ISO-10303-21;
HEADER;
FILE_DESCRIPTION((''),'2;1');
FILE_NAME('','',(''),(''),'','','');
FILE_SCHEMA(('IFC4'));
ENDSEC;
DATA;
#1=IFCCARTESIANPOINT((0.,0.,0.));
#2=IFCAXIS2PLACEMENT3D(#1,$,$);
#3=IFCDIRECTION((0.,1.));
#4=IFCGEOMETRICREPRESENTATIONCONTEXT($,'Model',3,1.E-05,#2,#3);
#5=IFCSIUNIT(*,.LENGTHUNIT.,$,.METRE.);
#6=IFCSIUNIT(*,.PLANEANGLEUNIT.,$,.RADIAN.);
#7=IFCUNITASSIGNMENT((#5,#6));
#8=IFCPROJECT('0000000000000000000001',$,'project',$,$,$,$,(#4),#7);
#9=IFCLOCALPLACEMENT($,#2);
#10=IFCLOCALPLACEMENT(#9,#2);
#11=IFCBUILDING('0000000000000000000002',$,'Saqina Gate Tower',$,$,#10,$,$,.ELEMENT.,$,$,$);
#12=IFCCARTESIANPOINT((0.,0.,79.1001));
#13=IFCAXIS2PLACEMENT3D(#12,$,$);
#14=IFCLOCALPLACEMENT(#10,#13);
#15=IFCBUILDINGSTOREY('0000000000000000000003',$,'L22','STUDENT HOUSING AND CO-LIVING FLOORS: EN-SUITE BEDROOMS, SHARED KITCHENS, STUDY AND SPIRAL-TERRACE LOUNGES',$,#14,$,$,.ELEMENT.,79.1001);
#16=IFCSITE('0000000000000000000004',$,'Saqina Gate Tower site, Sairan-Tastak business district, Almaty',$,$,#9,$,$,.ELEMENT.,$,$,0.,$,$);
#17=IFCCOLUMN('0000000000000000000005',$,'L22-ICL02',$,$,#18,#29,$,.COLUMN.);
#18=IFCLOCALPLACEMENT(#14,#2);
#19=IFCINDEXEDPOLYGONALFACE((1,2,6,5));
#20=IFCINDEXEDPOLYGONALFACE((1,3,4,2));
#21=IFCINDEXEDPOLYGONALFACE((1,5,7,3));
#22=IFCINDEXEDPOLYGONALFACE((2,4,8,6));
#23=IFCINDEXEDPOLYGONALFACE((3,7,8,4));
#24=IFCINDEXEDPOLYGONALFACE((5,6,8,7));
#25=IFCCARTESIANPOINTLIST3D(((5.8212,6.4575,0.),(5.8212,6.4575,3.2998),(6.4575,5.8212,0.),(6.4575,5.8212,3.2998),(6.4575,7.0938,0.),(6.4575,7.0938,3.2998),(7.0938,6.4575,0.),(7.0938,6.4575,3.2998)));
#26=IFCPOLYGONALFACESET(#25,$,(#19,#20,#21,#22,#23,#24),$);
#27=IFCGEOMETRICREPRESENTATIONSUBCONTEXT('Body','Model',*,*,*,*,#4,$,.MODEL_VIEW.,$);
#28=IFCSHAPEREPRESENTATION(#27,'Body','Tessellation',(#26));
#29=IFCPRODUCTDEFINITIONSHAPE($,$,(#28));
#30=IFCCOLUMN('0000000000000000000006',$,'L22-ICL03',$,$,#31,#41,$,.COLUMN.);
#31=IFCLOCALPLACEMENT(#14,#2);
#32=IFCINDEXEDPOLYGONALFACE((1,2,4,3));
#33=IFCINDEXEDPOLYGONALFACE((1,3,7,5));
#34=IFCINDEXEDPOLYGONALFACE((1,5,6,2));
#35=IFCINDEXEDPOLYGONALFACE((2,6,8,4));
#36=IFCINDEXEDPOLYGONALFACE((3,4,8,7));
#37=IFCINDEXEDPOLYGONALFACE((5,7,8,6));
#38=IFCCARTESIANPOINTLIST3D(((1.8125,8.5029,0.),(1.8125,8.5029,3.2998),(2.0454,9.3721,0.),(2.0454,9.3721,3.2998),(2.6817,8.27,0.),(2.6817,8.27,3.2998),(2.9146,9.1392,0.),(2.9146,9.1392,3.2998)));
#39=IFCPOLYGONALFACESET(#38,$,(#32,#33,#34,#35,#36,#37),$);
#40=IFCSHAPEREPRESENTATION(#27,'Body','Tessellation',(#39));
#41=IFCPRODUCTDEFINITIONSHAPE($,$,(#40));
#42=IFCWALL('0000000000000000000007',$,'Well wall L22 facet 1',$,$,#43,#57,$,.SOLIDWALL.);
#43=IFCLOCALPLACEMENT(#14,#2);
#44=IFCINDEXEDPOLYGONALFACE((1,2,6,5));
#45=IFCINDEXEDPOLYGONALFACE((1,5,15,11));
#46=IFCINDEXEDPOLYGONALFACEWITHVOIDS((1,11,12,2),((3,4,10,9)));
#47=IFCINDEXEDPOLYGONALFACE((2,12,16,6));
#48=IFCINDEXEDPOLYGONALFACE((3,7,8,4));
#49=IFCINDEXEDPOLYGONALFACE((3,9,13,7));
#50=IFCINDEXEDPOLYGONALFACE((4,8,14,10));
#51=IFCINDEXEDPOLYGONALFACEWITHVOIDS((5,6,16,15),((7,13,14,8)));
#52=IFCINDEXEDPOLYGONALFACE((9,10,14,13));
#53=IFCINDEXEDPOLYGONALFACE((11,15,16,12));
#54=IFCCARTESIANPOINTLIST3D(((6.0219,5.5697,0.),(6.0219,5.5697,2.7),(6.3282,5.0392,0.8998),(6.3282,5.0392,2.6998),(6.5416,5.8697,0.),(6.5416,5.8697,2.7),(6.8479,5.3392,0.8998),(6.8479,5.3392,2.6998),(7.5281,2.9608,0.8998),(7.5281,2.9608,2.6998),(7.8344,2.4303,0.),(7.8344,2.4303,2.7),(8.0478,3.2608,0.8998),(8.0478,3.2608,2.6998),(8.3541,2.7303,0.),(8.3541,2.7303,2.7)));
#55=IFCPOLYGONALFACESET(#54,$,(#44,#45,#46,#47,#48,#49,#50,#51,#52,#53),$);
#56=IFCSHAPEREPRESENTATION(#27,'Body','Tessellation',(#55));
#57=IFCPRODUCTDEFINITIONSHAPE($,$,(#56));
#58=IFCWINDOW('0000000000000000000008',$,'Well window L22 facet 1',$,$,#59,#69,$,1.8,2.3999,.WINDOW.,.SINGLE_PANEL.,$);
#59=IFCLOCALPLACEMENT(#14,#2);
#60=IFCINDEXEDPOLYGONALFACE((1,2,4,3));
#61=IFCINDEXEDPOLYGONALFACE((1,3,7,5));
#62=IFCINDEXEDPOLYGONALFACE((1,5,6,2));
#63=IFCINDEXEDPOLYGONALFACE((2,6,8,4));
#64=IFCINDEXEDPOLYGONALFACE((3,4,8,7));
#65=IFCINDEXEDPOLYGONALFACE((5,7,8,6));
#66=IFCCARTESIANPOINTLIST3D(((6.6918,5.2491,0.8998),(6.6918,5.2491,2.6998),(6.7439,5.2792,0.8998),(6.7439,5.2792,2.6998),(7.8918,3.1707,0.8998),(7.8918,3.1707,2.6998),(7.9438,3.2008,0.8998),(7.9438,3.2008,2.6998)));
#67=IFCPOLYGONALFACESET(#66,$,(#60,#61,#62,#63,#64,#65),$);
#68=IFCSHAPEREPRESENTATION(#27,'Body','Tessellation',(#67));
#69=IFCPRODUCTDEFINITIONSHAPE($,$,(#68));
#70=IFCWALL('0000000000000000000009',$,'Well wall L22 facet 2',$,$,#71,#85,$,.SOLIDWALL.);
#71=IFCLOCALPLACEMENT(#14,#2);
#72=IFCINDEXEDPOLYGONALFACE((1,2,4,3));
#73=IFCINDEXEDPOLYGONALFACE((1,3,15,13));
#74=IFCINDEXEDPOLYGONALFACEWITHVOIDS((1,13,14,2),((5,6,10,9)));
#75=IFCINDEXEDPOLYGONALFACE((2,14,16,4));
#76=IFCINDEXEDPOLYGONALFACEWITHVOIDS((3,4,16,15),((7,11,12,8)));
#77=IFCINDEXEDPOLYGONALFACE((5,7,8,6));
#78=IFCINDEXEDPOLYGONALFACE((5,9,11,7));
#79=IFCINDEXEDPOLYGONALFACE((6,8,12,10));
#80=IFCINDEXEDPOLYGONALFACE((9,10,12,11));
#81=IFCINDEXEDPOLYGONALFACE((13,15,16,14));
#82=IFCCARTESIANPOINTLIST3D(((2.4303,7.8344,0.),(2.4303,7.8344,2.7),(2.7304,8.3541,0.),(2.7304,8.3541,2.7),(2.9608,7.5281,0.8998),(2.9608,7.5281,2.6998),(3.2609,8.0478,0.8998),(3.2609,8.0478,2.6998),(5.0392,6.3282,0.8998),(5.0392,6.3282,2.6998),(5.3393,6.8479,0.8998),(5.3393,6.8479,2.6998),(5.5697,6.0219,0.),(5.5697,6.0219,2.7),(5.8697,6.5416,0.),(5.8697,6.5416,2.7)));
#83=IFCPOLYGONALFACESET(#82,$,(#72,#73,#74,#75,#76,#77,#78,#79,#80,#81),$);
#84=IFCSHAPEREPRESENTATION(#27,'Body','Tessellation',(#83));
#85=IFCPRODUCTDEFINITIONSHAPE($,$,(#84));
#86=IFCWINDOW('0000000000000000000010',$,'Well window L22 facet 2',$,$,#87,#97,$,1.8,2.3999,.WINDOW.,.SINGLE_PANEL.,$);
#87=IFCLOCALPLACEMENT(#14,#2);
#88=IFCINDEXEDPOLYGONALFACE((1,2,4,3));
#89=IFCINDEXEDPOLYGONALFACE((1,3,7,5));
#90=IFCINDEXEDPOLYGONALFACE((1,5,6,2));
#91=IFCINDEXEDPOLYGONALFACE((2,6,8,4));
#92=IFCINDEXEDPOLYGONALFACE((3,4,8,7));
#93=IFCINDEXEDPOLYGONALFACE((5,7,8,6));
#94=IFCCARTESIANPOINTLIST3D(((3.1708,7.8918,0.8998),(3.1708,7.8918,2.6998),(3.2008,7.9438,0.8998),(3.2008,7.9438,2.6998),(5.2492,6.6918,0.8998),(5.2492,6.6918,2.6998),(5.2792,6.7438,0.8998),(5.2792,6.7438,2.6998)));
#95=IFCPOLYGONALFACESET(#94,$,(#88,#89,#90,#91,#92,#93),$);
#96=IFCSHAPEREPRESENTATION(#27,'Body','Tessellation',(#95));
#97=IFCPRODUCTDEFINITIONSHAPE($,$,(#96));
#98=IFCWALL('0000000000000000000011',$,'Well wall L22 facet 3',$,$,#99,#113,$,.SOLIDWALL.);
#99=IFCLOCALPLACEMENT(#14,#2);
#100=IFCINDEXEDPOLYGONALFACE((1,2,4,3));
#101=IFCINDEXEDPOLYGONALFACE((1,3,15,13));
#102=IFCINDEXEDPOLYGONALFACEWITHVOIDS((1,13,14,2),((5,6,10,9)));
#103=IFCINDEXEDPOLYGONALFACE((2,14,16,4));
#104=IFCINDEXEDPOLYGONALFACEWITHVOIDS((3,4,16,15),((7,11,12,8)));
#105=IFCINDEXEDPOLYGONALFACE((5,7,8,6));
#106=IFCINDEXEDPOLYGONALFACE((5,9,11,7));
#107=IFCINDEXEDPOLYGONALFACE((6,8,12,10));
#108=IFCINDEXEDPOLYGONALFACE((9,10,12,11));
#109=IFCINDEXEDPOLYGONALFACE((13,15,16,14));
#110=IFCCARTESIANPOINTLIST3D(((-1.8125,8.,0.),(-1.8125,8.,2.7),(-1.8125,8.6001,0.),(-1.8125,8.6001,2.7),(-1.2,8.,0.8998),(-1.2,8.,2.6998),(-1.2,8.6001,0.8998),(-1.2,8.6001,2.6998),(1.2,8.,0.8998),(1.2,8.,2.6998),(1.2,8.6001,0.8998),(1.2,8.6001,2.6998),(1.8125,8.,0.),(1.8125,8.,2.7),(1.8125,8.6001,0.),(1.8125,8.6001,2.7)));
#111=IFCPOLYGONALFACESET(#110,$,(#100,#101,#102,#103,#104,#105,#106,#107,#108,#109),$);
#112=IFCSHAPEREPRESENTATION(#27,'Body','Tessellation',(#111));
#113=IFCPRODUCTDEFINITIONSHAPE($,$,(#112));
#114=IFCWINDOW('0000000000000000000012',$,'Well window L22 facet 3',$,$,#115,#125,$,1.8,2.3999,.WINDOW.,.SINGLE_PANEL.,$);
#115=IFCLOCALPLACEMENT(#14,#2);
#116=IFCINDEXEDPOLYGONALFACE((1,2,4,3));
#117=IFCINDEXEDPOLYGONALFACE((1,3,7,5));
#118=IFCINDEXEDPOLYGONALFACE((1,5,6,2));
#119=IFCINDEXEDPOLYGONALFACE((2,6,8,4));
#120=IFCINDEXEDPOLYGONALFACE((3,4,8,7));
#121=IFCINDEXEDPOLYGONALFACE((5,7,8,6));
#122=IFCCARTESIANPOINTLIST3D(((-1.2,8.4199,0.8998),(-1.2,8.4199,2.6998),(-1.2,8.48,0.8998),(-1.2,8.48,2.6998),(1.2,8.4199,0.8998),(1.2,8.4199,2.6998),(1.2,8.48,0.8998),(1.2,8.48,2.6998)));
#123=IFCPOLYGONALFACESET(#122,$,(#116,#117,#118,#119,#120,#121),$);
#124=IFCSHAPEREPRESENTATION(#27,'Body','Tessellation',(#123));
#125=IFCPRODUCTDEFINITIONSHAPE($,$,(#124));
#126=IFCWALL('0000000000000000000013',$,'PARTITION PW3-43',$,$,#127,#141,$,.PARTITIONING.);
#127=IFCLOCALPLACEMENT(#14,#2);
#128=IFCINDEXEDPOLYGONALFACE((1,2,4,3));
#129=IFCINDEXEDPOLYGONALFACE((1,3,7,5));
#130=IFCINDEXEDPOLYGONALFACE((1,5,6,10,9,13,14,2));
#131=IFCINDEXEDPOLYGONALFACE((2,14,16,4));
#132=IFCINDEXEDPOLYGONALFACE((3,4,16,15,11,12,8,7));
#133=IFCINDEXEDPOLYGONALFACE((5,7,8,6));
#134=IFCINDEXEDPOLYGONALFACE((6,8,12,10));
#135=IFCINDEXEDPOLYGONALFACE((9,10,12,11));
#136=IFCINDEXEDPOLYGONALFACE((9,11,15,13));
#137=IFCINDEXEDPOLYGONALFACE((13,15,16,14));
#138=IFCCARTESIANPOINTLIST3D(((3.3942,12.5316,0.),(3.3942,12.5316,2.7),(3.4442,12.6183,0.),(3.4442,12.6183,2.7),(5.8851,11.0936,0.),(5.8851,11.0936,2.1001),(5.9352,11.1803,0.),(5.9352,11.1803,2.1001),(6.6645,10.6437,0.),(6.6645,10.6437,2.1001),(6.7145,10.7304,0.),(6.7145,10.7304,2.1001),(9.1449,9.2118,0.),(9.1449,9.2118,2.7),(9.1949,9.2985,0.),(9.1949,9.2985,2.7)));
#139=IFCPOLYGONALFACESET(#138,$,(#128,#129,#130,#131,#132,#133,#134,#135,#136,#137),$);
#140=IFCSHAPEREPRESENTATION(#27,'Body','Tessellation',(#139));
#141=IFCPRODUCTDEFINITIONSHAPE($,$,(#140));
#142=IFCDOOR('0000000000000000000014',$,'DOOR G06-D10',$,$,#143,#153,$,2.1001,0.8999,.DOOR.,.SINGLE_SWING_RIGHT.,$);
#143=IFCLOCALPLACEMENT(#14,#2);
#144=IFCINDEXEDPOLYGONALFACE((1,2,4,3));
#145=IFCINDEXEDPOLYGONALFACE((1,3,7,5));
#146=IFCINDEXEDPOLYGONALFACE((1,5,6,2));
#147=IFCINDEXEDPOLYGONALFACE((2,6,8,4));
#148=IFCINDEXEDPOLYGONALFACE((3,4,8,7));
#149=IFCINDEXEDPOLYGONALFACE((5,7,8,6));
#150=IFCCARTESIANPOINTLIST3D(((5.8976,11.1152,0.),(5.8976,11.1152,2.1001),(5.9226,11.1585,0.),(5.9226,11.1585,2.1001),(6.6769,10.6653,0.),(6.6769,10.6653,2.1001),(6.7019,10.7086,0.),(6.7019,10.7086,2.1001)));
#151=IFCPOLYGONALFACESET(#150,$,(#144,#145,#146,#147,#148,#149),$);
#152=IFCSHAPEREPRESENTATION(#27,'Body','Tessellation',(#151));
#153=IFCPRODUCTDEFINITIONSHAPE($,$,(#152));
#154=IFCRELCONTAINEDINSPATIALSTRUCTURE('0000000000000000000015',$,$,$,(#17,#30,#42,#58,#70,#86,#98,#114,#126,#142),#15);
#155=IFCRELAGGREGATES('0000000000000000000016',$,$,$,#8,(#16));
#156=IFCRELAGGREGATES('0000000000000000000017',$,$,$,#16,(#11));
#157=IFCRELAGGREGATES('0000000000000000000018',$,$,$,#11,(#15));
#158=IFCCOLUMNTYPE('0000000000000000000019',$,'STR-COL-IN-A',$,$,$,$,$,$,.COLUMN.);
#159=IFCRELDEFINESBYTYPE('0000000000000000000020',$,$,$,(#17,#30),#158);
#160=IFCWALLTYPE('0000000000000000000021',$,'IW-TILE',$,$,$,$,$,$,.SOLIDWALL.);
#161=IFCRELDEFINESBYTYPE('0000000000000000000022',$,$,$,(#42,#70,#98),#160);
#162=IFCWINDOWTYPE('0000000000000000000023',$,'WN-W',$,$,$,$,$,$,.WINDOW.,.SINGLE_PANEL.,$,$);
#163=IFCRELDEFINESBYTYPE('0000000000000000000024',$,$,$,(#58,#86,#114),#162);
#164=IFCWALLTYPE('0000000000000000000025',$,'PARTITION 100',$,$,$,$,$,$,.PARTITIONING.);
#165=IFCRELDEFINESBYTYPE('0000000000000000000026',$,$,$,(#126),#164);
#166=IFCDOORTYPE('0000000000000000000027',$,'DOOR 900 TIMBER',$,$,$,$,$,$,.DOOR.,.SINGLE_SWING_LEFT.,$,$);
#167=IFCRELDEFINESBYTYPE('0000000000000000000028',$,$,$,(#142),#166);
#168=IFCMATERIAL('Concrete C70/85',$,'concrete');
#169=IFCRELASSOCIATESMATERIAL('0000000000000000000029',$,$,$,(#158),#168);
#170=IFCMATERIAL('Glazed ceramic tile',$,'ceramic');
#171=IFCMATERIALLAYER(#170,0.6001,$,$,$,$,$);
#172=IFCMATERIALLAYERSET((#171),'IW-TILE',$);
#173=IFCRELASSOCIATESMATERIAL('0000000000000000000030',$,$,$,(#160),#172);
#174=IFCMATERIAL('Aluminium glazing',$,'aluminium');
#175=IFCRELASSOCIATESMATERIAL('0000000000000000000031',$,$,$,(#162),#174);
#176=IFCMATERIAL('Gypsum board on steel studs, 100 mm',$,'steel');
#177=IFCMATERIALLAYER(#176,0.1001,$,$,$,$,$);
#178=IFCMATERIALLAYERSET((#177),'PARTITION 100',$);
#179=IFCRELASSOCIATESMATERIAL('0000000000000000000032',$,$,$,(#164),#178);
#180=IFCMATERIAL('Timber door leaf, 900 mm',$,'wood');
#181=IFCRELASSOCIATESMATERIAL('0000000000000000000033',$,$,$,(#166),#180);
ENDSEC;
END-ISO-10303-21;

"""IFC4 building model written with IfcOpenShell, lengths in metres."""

from ifc_helpers import new_model, si_unit, direction, frame, frame_2d, origin, origin_2d, place, context, subcontext, project, spatial, rectangle, extrude, material, layer, layer_set, material_profile, profile_set, type_object, element, fill, save


model = new_model("IFC4")

# Units and contexts
model_context = context("Model", 3, precision=1e-05, world=origin(), true_north=direction((0.0, 1.0)))
body_context = subcontext(model_context, "Body", "Model", "MODEL_VIEW")
ifc_project = project(units=[si_unit("LENGTHUNIT", "METRE"), si_unit("PLANEANGLEUNIT", "RADIAN")], contexts=[model_context])

# Site, building, storey
site_placement = place(None, origin())
site = spatial("IfcSite", under=ifc_project, at=site_placement, Name="Saqina Gate Tower site, Sairan-Tastak business district, Almaty", CompositionType="ELEMENT", RefElevation=0.0)
building_placement = place(site_placement, origin())
building = spatial("IfcBuilding", under=site, at=building_placement, Name="Saqina Gate Tower", CompositionType="ELEMENT")
storey_placement = place(building_placement, frame((0.0, 0.0, 79.1001)))
storey = spatial("IfcBuildingStorey", under=building, at=storey_placement, Name="L22", Description="STUDENT HOUSING AND CO-LIVING FLOORS: EN-SUITE BEDROOMS, SHARED KITCHENS, STUDY AND SPIRAL-TERRACE LOUNGES", CompositionType="ELEMENT", Elevation=79.1001)

# Columns
ifc_material_1 = material(Name="Concrete C70/85", Category="concrete")
ifc_material_profile = material_profile(ifc_material_1, rectangle(XDim=0.8999, YDim=0.8999, at=origin_2d()), Name="RC 900x900")
ifc_profile_set = profile_set([ifc_material_profile], Name="Concrete C70/85")
column_type = type_object("IfcColumnType", Name="STR-COL-IN-A", PredefinedType="COLUMN", material=ifc_profile_set)
for number, where, z_axis, x_axis, name in (
    (1, (6.4575, 6.4575, 0.0), (0.0, 0.0, 1.0), (0.707107, 0.707107, 0.0), "L22-ICL02"),
    (2, (2.3635, 8.821, 0.0), (0.0, 0.0, 1.0), (0.258819, 0.965926, 0.0), "L22-ICL03"),
):
    element("IfcColumn", number, at=place(storey_placement, frame(where, z_axis=z_axis, x_axis=x_axis)), inside=storey, type_object=column_type, Name=name, PredefinedType="COLUMN", context=body_context, shape_type="SweptSolid", body=[
        extrude(rectangle(XDim=0.8999, YDim=0.8999, at=origin_2d()), origin(), (0.0, 0.0, 1.0), 3.2998),
    ])

# Walls, openings, windows
ifc_material_2 = material(Name="Glazed ceramic tile", Category="ceramic")
ifc_layer_1 = layer(ifc_material_2, 0.6001)
ifc_layer_set_1 = layer_set([ifc_layer_1], Name="IW-TILE")
wall_type_1 = type_object("IfcWallType", Name="IW-TILE", PredefinedType="SOLIDWALL", material=ifc_layer_set_1)
wall_1_placement = place(storey_placement, frame((8.0942, 2.5803, 0.0), z_axis=(0.0, 0.0, 1.0), x_axis=(-0.499993, 0.86603, 0.0)))
wall_1 = element("IfcWall", 3, at=wall_1_placement, inside=storey, type_object=wall_type_1, Name="Well wall L22 facet 1", PredefinedType="SOLIDWALL", context=body_context, shape_type="SweptSolid", body=[
    extrude(rectangle(XDim=3.625, YDim=0.6001, at=frame_2d((1.8125, 0.0))), origin(), (0.0, 0.0, 1.0), 2.7),
])
opening_1_placement = place(wall_1_placement, frame((0.6125, 0.0, 0.8999)))
opening_1 = element("IfcOpeningElement", 4, at=opening_1_placement, cuts=wall_1, PredefinedType="OPENING", context=body_context, shape_type="SweptSolid", body=[
    extrude(rectangle(XDim=2.3999, YDim=1.8, at=frame_2d((1.2, 0.8999))), frame((0.0, 0.312, 0.0), z_axis=(0.0, -1.0, 0.0), x_axis=(1.0, 0.0, 0.0)), (0.0, 0.0, 1.0), 0.624),
])
ifc_material_3 = material(Name="Aluminium glazing", Category="aluminium")
window_type = type_object("IfcWindowType", Name="WN-W", PartitioningType="SINGLE_PANEL", PredefinedType="WINDOW", material=ifc_material_3)
window_1_placement = place(opening_1_placement, origin())
window_1 = element("IfcWindow", 5, at=window_1_placement, inside=storey, type_object=window_type, Name="Well window L22 facet 1", OverallHeight=1.8, OverallWidth=2.3999, PartitioningType="SINGLE_PANEL", PredefinedType="WINDOW", context=body_context, shape_type="SweptSolid", body=[
    extrude(rectangle(XDim=2.3999, YDim=1.8, at=frame_2d((1.2, 0.8999))), frame((0.0, -0.1199, 0.0), z_axis=(0.0, -1.0, 0.0), x_axis=(1.0, 0.0, 0.0)), (0.0, 0.0, 1.0), 0.0601),
])
fill(opening_1, window_1)
wall_2_placement = place(storey_placement, frame((5.7197, 6.2817, 0.0), z_axis=(0.0, 0.0, 1.0), x_axis=(-0.86603, 0.499993, 0.0)))
wall_2 = element("IfcWall", 6, at=wall_2_placement, inside=storey, type_object=wall_type_1, Name="Well wall L22 facet 2", PredefinedType="SOLIDWALL", context=body_context, shape_type="SweptSolid", body=[
    extrude(rectangle(XDim=3.625, YDim=0.6001, at=frame_2d((1.8125, 0.0))), origin(), (0.0, 0.0, 1.0), 2.7),
])
opening_2_placement = place(wall_2_placement, frame((0.6125, 0.0, 0.8999)))
opening_2 = element("IfcOpeningElement", 7, at=opening_2_placement, cuts=wall_2, PredefinedType="OPENING", context=body_context, shape_type="SweptSolid", body=[
    extrude(rectangle(XDim=2.3999, YDim=1.8, at=frame_2d((1.2, 0.8999))), frame((0.0, 0.312, 0.0), z_axis=(0.0, -1.0, 0.0), x_axis=(1.0, 0.0, 0.0)), (0.0, 0.0, 1.0), 0.624),
])
window_2_placement = place(opening_2_placement, origin())
window_2 = element("IfcWindow", 8, at=window_2_placement, inside=storey, type_object=window_type, Name="Well window L22 facet 2", OverallHeight=1.8, OverallWidth=2.3999, PartitioningType="SINGLE_PANEL", PredefinedType="WINDOW", context=body_context, shape_type="SweptSolid", body=[
    extrude(rectangle(XDim=2.3999, YDim=1.8, at=frame_2d((1.2, 0.8999))), frame((0.0, -0.1199, 0.0), z_axis=(0.0, -1.0, 0.0), x_axis=(1.0, 0.0, 0.0)), (0.0, 0.0, 1.0), 0.0601),
])
fill(opening_2, window_2)
wall_3_placement = place(storey_placement, frame((1.8125, 8.3, 0.0), z_axis=(0.0, 0.0, 1.0), x_axis=(-1.0, 0.0, 0.0)))
wall_3 = element("IfcWall", 9, at=wall_3_placement, inside=storey, type_object=wall_type_1, Name="Well wall L22 facet 3", PredefinedType="SOLIDWALL", context=body_context, shape_type="SweptSolid", body=[
    extrude(rectangle(XDim=3.625, YDim=0.6001, at=frame_2d((1.8125, 0.0))), origin(), (0.0, 0.0, 1.0), 2.7),
])
opening_3_placement = place(wall_3_placement, frame((0.6125, 0.0, 0.8999)))
opening_3 = element("IfcOpeningElement", 10, at=opening_3_placement, cuts=wall_3, PredefinedType="OPENING", context=body_context, shape_type="SweptSolid", body=[
    extrude(rectangle(XDim=2.3999, YDim=1.8, at=frame_2d((1.2, 0.8999))), frame((0.0, 0.312, 0.0), z_axis=(0.0, -1.0, 0.0), x_axis=(1.0, 0.0, 0.0)), (0.0, 0.0, 1.0), 0.624),
])
window_3_placement = place(opening_3_placement, origin())
window_3 = element("IfcWindow", 11, at=window_3_placement, inside=storey, type_object=window_type, Name="Well window L22 facet 3", OverallHeight=1.8, OverallWidth=2.3999, PartitioningType="SINGLE_PANEL", PredefinedType="WINDOW", context=body_context, shape_type="SweptSolid", body=[
    extrude(rectangle(XDim=2.3999, YDim=1.8, at=frame_2d((1.2, 0.8999))), frame((0.0, -0.1199, 0.0), z_axis=(0.0, -1.0, 0.0), x_axis=(1.0, 0.0, 0.0)), (0.0, 0.0, 1.0), 0.0601),
])
fill(opening_3, window_3)

# Wall, opening, door
ifc_material_4 = material(Name="Gypsum board on steel studs, 100 mm", Category="steel")
ifc_layer_2 = layer(ifc_material_4, 0.1001)
ifc_layer_set_2 = layer_set([ifc_layer_2], Name="PARTITION 100")
wall_type_2 = type_object("IfcWallType", Name="PARTITION 100", PredefinedType="PARTITIONING", material=ifc_layer_set_2)
wall_4_placement = place(storey_placement, frame((3.4192, 12.575, 0.0), z_axis=(0.0, 0.0, 1.0), x_axis=(0.866049, -0.499959, 0.0)))
wall_4 = element("IfcWall", 12, at=wall_4_placement, inside=storey, type_object=wall_type_2, Name="PARTITION PW3-43", PredefinedType="PARTITIONING", context=body_context, shape_type="SweptSolid", body=[
    extrude(rectangle(XDim=6.6401, YDim=0.1001, at=frame_2d((3.3201, 0.0))), origin(), (0.0, 0.0, 1.0), 2.7),
])
opening_4_placement = place(wall_4_placement, frame((2.8762, 0.0, 0.0)))
opening_4 = element("IfcOpeningElement", 13, at=opening_4_placement, cuts=wall_4, PredefinedType="OPENING", context=body_context, shape_type="SweptSolid", body=[
    extrude(rectangle(XDim=0.8999, YDim=2.1001, at=frame_2d((0.45, 1.05))), frame((0.0, 0.062, 0.0), z_axis=(0.0, -1.0, 0.0), x_axis=(1.0, 0.0, 0.0)), (0.0, 0.0, 1.0), 0.124),
])
ifc_material_5 = material(Name="Timber door leaf, 900 mm", Category="wood")
door_type_1 = type_object("IfcDoorType", Name="DOOR 900 TIMBER", OperationType="SINGLE_SWING_LEFT", PredefinedType="DOOR", material=ifc_material_5)
door_1_placement = place(opening_4_placement, origin())
door_1 = element("IfcDoor", 14, at=door_1_placement, inside=storey, type_object=door_type_1, Name="DOOR G06-D10", OperationType="SINGLE_SWING_RIGHT", OverallHeight=2.1001, OverallWidth=0.8999, PredefinedType="DOOR", context=body_context, shape_type="SweptSolid", body=[
    extrude(rectangle(XDim=0.8999, YDim=2.1001, at=frame_2d((0.45, 1.05))), frame((0.0, 0.0249, 0.0), z_axis=(0.0, -1.0, 0.0), x_axis=(1.0, 0.0, 0.0)), (0.0, 0.0, 1.0), 0.05),
])
fill(opening_4, door_1)

save(model, "model.ifc")
